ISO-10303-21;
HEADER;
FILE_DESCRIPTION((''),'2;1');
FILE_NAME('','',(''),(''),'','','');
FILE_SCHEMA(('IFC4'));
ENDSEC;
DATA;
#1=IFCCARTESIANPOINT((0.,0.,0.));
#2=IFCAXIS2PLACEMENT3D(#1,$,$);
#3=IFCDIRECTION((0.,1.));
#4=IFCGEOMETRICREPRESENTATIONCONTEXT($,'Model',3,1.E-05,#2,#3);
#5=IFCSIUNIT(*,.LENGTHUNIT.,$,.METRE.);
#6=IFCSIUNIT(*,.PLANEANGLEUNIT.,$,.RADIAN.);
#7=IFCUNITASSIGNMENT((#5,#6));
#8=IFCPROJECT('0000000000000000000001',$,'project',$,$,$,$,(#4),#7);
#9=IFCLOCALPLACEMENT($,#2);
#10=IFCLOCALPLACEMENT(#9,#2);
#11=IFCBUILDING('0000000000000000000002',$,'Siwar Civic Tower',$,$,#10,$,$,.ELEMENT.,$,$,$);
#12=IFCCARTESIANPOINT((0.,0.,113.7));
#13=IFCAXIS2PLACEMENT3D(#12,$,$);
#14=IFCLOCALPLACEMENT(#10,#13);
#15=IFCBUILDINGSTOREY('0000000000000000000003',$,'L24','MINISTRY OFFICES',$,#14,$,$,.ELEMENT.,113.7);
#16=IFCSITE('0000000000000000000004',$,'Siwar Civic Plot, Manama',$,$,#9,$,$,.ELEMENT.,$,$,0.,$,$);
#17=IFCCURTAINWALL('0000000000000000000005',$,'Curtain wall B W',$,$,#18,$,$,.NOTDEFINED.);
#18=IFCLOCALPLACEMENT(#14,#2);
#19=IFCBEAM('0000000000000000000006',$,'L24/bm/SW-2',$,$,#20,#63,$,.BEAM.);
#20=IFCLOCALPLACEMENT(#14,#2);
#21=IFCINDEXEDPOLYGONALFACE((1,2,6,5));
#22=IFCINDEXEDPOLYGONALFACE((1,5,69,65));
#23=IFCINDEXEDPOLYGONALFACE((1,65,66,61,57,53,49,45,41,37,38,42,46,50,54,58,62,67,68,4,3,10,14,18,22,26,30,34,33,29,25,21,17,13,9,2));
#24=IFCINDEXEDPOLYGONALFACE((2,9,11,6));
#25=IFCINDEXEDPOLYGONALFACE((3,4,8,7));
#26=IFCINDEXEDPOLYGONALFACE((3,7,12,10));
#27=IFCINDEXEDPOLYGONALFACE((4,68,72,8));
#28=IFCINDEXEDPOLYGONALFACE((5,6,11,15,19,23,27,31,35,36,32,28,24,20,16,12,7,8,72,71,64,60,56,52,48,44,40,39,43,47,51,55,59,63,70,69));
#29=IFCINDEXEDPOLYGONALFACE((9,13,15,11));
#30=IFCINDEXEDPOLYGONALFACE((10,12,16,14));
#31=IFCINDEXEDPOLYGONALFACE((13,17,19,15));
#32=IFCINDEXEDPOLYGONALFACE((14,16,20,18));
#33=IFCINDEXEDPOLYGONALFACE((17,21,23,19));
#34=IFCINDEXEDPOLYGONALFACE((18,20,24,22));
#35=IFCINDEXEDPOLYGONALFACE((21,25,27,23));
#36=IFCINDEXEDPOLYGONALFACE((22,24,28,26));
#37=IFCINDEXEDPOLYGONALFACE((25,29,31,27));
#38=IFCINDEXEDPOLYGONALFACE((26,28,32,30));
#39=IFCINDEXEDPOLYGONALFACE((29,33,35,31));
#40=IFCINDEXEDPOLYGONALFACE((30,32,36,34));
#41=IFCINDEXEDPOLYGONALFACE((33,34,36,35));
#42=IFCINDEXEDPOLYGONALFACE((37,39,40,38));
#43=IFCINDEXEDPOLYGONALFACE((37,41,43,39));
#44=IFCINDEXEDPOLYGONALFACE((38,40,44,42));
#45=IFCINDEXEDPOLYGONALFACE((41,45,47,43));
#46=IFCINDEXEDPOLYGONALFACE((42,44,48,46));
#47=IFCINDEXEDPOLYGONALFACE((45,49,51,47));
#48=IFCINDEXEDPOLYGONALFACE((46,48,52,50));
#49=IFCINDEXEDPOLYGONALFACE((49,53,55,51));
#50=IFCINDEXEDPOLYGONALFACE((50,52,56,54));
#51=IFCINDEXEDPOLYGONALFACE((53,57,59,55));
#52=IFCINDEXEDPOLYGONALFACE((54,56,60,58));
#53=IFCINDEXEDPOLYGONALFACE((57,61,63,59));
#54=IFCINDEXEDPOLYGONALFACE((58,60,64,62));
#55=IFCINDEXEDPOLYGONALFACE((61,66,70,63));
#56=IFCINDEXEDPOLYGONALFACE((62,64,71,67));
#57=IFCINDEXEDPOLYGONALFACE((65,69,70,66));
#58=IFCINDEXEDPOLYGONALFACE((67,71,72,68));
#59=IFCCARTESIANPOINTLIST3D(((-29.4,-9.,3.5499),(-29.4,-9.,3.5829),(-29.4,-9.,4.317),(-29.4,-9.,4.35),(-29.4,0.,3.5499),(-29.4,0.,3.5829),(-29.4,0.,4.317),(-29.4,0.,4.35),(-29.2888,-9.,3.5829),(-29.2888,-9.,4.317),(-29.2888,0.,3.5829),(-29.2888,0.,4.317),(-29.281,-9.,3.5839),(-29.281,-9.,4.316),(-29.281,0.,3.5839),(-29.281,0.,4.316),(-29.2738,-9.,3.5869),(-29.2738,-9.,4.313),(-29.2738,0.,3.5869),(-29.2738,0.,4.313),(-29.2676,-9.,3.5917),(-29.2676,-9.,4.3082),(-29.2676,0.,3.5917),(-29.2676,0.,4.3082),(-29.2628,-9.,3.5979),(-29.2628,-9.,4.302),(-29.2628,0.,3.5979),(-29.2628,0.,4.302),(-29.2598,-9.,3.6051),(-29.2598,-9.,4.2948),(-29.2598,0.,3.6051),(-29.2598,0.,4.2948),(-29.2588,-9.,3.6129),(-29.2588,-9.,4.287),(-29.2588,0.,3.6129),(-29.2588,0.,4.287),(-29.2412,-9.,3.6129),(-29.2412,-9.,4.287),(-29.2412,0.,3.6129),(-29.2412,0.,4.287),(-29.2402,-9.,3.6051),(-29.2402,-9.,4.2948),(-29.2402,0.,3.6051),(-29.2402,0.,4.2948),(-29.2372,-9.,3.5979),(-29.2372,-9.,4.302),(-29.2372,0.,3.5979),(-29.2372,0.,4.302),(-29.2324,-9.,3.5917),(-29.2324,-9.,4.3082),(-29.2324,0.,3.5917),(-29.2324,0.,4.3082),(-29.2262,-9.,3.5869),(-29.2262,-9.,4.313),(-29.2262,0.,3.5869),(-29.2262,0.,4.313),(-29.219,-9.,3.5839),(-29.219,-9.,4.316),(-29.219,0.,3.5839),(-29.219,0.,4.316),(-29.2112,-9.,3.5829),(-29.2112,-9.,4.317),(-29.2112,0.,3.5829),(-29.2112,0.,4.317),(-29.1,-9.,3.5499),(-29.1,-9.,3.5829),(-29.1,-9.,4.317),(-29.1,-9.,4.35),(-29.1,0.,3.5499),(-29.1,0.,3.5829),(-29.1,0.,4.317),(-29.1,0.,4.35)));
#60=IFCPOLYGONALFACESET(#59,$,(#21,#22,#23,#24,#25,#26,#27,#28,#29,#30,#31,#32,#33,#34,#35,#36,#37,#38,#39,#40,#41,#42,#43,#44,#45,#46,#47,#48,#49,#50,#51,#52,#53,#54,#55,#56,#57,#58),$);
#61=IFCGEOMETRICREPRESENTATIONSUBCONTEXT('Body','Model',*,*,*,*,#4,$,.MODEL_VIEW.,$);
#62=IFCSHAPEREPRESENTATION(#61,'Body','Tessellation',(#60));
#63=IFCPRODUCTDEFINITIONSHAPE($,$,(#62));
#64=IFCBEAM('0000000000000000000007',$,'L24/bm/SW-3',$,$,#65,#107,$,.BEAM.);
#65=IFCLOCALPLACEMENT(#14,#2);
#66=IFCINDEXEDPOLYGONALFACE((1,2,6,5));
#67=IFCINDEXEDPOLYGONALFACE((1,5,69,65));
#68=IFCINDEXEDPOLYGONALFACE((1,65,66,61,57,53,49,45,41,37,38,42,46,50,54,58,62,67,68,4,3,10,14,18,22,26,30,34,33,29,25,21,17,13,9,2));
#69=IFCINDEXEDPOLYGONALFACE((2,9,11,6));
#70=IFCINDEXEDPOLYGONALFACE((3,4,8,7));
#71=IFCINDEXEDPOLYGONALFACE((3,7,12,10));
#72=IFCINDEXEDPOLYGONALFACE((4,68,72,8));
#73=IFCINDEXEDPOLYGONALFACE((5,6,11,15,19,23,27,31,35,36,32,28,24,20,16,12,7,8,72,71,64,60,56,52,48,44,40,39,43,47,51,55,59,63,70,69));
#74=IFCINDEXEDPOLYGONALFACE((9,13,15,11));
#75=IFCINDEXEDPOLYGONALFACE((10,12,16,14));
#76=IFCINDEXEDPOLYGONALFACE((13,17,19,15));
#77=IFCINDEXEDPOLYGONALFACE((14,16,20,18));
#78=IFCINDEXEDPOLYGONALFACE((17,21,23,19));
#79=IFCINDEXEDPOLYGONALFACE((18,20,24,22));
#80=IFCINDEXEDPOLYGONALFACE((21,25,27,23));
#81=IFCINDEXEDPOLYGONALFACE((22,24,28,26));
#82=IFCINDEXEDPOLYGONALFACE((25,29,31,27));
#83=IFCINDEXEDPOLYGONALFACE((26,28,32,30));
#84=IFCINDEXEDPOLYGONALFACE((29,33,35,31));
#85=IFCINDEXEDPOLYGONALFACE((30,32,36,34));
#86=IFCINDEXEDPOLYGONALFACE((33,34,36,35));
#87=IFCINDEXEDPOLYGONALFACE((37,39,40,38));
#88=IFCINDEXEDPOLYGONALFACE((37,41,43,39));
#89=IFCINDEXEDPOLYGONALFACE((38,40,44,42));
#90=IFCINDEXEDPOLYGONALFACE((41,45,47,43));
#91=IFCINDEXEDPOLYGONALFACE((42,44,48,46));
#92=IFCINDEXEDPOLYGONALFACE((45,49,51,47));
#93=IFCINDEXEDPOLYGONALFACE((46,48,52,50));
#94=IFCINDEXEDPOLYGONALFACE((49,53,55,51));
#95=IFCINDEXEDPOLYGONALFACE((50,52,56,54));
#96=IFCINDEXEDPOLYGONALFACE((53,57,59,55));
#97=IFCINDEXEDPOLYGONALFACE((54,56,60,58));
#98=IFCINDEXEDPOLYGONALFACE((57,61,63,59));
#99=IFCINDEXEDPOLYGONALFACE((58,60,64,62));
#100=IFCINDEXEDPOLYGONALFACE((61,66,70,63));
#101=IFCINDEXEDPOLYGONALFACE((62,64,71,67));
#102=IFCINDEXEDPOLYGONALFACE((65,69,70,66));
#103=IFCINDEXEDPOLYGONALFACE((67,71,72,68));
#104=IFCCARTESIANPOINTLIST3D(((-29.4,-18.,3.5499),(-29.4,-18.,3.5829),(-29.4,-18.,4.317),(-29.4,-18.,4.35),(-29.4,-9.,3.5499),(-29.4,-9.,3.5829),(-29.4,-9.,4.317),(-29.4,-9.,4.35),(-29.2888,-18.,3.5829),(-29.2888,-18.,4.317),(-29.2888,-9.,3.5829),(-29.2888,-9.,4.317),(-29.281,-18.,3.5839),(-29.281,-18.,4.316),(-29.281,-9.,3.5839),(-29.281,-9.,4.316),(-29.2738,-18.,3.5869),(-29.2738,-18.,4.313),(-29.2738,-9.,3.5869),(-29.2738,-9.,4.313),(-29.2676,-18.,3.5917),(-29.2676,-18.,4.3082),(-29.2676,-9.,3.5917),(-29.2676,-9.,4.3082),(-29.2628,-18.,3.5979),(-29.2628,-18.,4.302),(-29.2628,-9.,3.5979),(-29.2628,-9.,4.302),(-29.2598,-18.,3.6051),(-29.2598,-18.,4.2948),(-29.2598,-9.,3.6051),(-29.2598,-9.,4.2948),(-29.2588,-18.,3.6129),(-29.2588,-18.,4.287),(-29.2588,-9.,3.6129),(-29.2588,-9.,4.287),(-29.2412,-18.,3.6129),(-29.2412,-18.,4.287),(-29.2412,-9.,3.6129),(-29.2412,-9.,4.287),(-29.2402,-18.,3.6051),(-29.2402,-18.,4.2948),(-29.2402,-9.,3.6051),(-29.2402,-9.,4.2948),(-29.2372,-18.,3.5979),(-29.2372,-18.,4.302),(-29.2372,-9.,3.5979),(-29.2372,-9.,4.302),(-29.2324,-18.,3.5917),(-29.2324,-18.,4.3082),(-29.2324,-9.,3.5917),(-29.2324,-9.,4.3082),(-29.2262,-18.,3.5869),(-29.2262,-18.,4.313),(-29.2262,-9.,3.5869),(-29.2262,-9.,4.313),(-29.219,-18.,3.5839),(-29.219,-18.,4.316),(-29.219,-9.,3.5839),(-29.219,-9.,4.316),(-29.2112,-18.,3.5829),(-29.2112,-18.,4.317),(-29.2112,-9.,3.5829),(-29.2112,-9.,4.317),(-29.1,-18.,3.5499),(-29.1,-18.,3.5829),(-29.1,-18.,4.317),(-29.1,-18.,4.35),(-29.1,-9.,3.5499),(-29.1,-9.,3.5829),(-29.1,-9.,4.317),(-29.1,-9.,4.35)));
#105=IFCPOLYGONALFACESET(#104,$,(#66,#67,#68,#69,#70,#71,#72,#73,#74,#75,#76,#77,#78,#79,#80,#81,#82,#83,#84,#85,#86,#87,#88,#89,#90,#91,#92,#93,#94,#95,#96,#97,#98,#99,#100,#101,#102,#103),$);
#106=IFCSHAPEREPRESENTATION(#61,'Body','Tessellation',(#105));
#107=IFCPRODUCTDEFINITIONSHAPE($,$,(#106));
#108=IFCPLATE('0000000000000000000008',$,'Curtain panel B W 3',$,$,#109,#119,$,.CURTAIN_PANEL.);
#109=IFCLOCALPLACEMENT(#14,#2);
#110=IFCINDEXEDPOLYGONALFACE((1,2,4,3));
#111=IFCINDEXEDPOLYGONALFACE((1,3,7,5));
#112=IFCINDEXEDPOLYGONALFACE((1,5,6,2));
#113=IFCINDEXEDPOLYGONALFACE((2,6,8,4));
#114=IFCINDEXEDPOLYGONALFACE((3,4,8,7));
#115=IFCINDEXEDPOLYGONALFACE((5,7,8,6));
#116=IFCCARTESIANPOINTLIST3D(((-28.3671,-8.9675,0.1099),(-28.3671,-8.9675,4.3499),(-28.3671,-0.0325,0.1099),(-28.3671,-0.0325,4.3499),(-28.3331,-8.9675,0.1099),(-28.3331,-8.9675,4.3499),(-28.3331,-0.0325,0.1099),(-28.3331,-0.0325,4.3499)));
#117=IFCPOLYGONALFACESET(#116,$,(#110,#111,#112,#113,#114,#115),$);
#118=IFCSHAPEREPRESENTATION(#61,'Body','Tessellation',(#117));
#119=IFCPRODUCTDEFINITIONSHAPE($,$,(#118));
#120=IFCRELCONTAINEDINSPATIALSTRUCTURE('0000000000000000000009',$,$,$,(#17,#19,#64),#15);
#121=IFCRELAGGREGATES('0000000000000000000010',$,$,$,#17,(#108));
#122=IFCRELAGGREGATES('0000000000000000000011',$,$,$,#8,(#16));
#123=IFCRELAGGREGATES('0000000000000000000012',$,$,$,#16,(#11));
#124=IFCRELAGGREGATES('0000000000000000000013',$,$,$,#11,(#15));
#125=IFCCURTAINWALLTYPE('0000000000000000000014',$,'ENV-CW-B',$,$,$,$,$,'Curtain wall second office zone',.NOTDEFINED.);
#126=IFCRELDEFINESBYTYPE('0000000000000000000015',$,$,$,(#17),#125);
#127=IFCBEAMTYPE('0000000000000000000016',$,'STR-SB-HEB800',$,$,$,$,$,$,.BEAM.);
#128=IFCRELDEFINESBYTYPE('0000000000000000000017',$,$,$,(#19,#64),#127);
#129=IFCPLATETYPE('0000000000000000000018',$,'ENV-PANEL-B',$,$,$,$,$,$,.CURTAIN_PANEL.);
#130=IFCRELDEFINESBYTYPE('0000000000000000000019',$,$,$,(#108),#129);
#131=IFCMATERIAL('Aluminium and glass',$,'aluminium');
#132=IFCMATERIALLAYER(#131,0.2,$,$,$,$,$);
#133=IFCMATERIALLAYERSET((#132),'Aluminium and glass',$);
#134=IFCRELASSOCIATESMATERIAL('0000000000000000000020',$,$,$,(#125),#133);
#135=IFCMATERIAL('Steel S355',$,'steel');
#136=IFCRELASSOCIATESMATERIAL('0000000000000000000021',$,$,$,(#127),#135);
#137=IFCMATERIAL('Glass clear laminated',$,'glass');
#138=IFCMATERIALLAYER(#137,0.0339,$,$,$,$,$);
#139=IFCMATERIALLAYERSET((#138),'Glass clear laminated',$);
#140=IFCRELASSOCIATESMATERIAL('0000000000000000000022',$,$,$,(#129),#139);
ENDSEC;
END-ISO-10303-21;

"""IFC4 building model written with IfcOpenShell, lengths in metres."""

from ifc_helpers import new_model, si_unit, direction, frame, origin, origin_2d, place, context, subcontext, project, spatial, rectangle, i_section, extrude, material, layer, layer_set, material_profile, profile_set, type_object, element, aggregate, save


model = new_model("IFC4")

# Units and contexts
model_context = context("Model", 3, precision=1e-05, world=origin(), true_north=direction((0.0, 1.0)))
body_context = subcontext(model_context, "Body", "Model", "MODEL_VIEW")
ifc_project = project(units=[si_unit("LENGTHUNIT", "METRE"), si_unit("PLANEANGLEUNIT", "RADIAN")], contexts=[model_context])

# Site, building, storey
site_placement = place(None, origin())
site = spatial("IfcSite", under=ifc_project, at=site_placement, Name="Siwar Civic Plot, Manama", CompositionType="ELEMENT", RefElevation=0.0)
building_placement = place(site_placement, origin())
building = spatial("IfcBuilding", under=site, at=building_placement, Name="Siwar Civic Tower", CompositionType="ELEMENT")
storey_placement = place(building_placement, frame((0.0, 0.0, 113.7)))
storey = spatial("IfcBuildingStorey", under=building, at=storey_placement, Name="L24", Description="MINISTRY OFFICES", CompositionType="ELEMENT", Elevation=113.7)

# Curtain wall
ifc_material_1 = material(Name="Aluminium and glass", Category="aluminium")
ifc_layer_1 = layer(ifc_material_1, 0.2)
ifc_layer_set_1 = layer_set([ifc_layer_1], Name="Aluminium and glass")
curtain_wall_type = type_object("IfcCurtainWallType", Name="ENV-CW-B", ElementType="Curtain wall second office zone", PredefinedType="NOTDEFINED", material=ifc_layer_set_1)
curtain_wall_placement = place(storey_placement, origin())
curtain_wall = element("IfcCurtainWall", 1, at=curtain_wall_placement, inside=storey, type_object=curtain_wall_type, Name="Curtain wall B W", PredefinedType="NOTDEFINED")

# Beams
ifc_material_2 = material(Name="Steel S355", Category="steel")
ifc_material_profile_1 = material_profile(ifc_material_2, i_section(OverallWidth=0.3, OverallDepth=0.8, WebThickness=0.0176, FlangeThickness=0.033, FilletRadius=0.03, at=origin_2d()), Name="HEB800")
ifc_profile_set_1 = profile_set([ifc_material_profile_1], Name="Steel S355")
beam_type_1 = type_object("IfcBeamType", Name="STR-SB-HEB800", PredefinedType="BEAM", material=ifc_profile_set_1)
for number, where, z_axis, x_axis, name in (
    (2, (-29.25, 0.0, 3.95), (0.0, -1.0, 0.0), (1.0, 0.0, 0.0), "L24/bm/SW-2"),
    (3, (-29.25, -9.0, 3.95), (0.0, -1.0, 0.0), (1.0, 0.0, 0.0), "L24/bm/SW-3"),
):
    element("IfcBeam", number, at=place(storey_placement, frame(where, z_axis=z_axis, x_axis=x_axis)), inside=storey, type_object=beam_type_1, Name=name, PredefinedType="BEAM", context=body_context, shape_type="SweptSolid", body=[
        extrude(i_section(OverallWidth=0.3, OverallDepth=0.8, WebThickness=0.0176, FlangeThickness=0.033, FilletRadius=0.03, at=origin_2d()), origin(), (0.0, 0.0, 1.0), 9.0),
    ])

# Plate
ifc_material_3 = material(Name="Glass clear laminated", Category="glass")
ifc_layer_2 = layer(ifc_material_3, 0.0339)
ifc_layer_set_2 = layer_set([ifc_layer_2], Name="Glass clear laminated")
plate_type = type_object("IfcPlateType", Name="ENV-PANEL-B", PredefinedType="CURTAIN_PANEL", material=ifc_layer_set_2)
plate_placement = place(storey_placement, frame((-28.3501, -4.5, 0.1099), z_axis=(0.0, 0.0, 1.0), x_axis=(0.0, -1.0, 0.0)))
plate = element("IfcPlate", 4, at=plate_placement, type_object=plate_type, Name="Curtain panel B W 3", PredefinedType="CURTAIN_PANEL", context=body_context, shape_type="SweptSolid", body=[
    extrude(rectangle(XDim=8.9351, YDim=0.0339, at=origin_2d()), origin(), (0.0, 0.0, 1.0), 4.24),
])
aggregate(curtain_wall, [plate])

save(model, "model.ifc")
